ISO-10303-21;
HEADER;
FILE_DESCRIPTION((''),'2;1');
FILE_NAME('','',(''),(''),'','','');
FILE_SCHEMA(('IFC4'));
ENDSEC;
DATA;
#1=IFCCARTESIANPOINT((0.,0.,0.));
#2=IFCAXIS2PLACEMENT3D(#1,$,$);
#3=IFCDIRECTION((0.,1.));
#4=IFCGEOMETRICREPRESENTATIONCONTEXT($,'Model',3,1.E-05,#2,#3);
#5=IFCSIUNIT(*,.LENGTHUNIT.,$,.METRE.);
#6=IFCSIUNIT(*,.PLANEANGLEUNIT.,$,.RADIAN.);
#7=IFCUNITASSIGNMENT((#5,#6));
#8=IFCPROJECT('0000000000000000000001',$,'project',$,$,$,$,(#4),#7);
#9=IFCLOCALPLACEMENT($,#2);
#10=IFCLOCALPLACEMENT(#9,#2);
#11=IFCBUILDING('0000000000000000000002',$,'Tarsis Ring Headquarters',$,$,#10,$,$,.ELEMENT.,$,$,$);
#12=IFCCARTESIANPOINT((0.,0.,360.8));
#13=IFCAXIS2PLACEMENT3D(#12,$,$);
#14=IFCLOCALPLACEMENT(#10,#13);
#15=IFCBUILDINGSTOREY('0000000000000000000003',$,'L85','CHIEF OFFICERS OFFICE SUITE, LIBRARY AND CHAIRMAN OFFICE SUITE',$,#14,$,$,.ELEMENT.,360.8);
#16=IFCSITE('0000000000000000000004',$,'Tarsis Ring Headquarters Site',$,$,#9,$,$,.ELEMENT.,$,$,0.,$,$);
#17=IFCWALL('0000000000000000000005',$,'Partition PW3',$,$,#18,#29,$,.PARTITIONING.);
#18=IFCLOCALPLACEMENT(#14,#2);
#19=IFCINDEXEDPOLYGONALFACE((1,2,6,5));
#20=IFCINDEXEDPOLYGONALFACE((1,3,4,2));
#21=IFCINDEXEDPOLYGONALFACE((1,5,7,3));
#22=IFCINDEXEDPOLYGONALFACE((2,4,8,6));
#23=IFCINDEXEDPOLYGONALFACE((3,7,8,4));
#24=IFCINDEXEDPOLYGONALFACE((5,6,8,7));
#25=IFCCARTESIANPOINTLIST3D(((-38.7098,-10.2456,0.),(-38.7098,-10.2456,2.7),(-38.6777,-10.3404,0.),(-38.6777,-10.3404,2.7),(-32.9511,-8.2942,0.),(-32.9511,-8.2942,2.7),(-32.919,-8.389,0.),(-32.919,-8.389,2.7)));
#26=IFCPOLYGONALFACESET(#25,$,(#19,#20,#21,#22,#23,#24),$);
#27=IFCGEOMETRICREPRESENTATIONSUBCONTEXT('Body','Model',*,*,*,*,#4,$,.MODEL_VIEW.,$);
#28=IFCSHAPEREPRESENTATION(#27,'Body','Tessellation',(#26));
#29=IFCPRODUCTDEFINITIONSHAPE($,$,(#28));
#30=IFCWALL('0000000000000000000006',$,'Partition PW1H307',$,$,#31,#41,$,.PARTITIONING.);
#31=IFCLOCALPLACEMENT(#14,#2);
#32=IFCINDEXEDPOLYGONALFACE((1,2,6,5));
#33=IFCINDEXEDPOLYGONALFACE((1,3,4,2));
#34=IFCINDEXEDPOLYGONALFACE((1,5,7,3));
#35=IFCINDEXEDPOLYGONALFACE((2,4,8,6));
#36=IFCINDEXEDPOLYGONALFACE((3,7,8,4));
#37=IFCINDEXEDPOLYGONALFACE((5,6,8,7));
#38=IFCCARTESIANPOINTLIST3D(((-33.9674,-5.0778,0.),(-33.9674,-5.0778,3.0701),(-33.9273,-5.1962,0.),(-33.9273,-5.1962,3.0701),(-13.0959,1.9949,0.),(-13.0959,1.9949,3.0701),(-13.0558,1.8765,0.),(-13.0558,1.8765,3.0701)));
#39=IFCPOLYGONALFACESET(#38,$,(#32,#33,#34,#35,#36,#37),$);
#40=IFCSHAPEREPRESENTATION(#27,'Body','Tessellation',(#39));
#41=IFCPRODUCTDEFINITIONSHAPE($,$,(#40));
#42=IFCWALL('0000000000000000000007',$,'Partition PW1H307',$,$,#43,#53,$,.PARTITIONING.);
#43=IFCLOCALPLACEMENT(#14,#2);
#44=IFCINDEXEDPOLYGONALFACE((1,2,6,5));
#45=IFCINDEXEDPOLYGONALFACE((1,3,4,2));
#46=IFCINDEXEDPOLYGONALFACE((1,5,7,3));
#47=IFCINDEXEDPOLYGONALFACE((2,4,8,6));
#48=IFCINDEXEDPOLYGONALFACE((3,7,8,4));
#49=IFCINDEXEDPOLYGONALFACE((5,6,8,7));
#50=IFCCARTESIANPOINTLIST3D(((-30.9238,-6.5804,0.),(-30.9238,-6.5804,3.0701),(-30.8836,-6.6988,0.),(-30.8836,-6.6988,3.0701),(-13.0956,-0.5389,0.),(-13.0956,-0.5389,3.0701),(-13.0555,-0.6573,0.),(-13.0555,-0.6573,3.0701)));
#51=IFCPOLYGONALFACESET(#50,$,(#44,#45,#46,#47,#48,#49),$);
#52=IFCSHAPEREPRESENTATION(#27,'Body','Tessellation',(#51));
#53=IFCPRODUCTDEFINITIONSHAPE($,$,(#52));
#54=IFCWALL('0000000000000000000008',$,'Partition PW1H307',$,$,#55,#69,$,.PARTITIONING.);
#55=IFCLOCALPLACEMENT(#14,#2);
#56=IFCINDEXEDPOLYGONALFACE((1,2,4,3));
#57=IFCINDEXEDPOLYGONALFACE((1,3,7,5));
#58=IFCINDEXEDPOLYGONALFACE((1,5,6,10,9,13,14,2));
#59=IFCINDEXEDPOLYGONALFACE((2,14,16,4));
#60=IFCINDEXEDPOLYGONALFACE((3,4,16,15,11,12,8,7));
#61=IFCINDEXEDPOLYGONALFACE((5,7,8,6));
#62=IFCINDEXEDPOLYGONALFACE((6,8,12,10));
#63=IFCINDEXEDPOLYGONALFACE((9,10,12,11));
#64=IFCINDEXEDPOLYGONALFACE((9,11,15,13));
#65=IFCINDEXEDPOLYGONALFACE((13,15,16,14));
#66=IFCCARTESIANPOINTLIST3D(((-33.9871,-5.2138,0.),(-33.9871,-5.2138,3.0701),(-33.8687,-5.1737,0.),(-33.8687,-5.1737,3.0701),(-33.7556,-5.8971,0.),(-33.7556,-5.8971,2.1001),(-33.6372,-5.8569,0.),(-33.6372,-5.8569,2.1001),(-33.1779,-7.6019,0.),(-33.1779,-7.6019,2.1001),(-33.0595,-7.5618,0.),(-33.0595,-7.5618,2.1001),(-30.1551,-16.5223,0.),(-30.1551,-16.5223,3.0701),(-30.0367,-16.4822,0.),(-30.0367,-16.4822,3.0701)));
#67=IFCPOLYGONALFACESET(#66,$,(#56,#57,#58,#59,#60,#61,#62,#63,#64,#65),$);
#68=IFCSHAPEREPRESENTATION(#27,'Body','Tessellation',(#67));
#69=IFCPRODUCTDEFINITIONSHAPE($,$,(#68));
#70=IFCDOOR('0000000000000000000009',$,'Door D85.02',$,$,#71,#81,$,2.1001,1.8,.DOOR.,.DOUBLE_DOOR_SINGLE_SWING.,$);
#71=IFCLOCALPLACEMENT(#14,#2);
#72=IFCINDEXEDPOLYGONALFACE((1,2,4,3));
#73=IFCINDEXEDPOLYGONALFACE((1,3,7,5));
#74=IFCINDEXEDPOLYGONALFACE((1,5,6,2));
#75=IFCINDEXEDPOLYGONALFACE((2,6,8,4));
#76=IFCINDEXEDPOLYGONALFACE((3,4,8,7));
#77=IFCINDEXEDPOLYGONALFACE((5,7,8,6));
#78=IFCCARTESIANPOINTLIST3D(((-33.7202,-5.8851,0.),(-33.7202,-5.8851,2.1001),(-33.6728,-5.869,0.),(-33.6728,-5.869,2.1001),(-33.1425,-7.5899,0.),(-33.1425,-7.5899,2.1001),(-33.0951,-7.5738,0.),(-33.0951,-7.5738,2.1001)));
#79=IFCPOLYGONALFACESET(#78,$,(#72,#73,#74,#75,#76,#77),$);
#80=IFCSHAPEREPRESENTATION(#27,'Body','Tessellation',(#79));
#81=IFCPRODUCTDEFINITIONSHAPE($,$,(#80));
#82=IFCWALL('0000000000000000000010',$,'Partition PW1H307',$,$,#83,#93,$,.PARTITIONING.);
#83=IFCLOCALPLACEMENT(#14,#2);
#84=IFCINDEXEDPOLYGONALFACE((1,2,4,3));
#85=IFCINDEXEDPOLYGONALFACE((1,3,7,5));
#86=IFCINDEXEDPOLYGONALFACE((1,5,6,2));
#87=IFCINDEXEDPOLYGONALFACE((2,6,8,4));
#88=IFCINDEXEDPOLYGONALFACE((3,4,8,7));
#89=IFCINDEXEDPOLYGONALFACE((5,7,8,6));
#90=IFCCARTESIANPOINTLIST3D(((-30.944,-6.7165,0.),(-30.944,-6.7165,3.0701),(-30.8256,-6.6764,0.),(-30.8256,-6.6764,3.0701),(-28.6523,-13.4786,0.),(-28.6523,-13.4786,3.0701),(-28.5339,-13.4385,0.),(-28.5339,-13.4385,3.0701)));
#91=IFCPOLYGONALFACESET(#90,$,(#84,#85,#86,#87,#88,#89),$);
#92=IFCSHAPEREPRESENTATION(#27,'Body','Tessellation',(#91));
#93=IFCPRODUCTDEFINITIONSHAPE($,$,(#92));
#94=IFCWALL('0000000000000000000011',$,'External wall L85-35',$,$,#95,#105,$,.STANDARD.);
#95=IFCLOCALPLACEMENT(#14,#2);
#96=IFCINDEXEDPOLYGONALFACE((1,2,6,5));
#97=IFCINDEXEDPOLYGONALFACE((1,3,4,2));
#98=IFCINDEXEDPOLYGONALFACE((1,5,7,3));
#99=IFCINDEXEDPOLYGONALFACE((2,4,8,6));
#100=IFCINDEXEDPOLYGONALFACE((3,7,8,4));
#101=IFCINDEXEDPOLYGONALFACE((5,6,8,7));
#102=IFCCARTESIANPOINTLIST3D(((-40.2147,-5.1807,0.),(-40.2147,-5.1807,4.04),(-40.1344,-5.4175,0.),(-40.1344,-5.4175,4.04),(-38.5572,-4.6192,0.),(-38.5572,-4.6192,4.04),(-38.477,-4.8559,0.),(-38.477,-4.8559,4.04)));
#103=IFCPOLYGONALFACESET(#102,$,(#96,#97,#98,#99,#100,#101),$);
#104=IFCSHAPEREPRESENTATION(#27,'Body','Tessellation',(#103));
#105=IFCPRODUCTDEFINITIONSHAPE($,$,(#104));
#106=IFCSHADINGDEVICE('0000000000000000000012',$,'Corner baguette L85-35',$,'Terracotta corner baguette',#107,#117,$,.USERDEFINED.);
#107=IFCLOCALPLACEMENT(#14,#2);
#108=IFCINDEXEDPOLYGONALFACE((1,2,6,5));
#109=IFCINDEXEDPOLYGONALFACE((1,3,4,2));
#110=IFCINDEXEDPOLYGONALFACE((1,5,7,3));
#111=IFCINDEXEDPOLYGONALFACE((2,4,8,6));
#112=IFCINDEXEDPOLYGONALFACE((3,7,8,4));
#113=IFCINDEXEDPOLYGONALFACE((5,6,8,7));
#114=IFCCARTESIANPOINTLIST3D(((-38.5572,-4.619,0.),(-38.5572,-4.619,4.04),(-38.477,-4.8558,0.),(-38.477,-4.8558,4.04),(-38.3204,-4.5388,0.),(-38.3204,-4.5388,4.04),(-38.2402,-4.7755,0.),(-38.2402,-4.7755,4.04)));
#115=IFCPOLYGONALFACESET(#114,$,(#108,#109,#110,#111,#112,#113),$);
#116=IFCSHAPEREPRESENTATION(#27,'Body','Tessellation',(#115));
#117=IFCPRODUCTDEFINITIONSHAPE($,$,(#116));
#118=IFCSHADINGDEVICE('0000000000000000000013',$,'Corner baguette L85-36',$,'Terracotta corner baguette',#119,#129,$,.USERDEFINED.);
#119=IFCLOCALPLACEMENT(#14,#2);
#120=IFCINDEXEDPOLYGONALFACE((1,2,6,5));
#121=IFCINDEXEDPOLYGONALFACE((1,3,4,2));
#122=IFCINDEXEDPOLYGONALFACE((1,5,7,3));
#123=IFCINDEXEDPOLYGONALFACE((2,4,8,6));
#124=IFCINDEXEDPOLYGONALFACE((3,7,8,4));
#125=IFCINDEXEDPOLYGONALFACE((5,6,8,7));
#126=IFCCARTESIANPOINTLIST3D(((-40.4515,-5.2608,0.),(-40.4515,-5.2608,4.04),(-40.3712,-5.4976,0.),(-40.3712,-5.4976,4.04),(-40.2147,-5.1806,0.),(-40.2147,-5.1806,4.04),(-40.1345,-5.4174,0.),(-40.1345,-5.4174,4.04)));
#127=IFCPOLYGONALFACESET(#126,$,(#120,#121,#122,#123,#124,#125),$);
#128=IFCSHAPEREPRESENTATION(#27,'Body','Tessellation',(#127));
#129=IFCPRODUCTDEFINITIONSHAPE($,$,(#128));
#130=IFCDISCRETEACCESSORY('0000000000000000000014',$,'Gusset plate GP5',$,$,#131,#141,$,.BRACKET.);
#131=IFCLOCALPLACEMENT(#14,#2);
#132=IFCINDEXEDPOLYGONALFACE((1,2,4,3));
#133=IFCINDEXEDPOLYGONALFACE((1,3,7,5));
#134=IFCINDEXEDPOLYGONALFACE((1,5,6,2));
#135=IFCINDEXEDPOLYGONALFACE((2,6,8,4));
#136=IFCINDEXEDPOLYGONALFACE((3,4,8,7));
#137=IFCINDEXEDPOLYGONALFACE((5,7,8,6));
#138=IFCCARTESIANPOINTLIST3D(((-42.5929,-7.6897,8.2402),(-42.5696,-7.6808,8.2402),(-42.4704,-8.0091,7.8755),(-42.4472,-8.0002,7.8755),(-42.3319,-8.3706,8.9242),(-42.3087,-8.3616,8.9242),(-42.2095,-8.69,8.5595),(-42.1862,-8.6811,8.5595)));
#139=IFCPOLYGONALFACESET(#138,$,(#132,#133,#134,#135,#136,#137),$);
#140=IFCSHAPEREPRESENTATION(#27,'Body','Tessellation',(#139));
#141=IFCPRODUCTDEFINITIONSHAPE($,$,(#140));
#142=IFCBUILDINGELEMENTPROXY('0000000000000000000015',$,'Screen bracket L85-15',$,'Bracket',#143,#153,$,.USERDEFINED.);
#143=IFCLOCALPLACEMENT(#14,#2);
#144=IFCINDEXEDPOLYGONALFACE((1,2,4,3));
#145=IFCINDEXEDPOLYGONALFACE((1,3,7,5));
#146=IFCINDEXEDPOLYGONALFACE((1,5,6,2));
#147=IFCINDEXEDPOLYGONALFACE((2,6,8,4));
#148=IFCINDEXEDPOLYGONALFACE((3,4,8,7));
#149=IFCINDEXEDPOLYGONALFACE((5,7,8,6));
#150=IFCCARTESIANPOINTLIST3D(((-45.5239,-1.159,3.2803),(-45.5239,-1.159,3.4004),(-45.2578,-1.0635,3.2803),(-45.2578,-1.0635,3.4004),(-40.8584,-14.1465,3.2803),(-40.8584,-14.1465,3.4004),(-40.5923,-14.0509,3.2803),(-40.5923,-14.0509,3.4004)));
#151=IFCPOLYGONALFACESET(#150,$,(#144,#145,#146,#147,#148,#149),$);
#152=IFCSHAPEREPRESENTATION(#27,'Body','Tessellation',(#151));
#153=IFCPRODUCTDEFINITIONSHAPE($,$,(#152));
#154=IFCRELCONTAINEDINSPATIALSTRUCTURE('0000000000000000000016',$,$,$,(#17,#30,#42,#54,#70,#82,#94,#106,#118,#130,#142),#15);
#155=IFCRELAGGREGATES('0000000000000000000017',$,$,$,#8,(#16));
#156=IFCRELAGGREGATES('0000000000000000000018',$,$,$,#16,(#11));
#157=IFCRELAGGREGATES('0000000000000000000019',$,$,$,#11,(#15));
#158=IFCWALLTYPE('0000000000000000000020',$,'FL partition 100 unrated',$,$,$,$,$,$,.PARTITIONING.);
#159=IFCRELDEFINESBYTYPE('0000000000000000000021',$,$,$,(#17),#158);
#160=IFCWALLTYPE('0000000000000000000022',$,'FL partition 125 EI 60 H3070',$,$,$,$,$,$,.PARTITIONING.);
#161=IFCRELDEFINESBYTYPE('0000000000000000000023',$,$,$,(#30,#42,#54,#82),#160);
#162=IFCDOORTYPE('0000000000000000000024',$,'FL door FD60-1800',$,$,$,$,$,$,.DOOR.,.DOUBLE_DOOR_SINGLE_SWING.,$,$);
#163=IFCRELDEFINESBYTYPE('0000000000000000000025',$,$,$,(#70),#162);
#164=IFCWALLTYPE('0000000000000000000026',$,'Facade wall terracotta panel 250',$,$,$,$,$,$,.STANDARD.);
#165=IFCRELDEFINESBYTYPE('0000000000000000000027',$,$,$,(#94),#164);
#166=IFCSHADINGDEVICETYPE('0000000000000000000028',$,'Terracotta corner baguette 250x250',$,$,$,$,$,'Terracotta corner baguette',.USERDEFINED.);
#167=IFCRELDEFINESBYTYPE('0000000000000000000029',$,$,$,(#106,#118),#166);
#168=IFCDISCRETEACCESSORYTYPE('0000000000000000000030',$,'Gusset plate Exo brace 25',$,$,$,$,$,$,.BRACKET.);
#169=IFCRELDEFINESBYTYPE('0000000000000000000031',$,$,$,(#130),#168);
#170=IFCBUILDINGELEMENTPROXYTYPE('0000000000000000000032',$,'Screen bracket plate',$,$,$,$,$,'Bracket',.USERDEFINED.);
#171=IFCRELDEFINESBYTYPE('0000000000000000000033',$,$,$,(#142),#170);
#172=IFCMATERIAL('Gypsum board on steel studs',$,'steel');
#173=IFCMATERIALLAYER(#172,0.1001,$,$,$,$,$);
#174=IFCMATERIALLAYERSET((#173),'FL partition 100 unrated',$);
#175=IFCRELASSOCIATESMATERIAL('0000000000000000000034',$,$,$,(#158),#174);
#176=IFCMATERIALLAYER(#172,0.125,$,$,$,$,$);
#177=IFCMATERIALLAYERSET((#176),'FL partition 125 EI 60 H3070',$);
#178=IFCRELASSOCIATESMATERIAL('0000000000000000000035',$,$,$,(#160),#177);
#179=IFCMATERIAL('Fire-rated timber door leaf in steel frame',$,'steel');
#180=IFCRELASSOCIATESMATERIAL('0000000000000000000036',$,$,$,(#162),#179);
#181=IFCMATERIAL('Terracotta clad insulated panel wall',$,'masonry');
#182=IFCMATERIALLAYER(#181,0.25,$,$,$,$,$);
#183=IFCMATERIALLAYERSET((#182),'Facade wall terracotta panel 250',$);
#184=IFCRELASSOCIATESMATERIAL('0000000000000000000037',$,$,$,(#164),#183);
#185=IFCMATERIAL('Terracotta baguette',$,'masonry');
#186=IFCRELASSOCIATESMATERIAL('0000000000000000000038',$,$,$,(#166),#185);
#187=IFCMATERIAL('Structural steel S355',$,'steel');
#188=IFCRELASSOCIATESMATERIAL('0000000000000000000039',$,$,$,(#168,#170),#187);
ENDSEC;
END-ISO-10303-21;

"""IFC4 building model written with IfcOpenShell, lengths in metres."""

from ifc_helpers import new_model, si_unit, direction, frame, frame_2d, origin, origin_2d, place, context, subcontext, project, spatial, rectangle, extrude, material, layer, layer_set, material_profile, profile_set, type_object, element, fill, save


model = new_model("IFC4")

# Units and contexts
model_context = context("Model", 3, precision=1e-05, world=origin(), true_north=direction((0.0, 1.0)))
body_context = subcontext(model_context, "Body", "Model", "MODEL_VIEW")
ifc_project = project(units=[si_unit("LENGTHUNIT", "METRE"), si_unit("PLANEANGLEUNIT", "RADIAN")], contexts=[model_context])

# Site, building, storey
site_placement = place(None, origin())
site = spatial("IfcSite", under=ifc_project, at=site_placement, Name="Tarsis Ring Headquarters Site", CompositionType="ELEMENT", RefElevation=0.0)
building_placement = place(site_placement, origin())
building = spatial("IfcBuilding", under=site, at=building_placement, Name="Tarsis Ring Headquarters", CompositionType="ELEMENT")
storey_placement = place(building_placement, frame((0.0, 0.0, 360.8)))
storey = spatial("IfcBuildingStorey", under=building, at=storey_placement, Name="L85", Description="CHIEF OFFICERS OFFICE SUITE, LIBRARY AND CHAIRMAN OFFICE SUITE", CompositionType="ELEMENT", Elevation=360.8)

# Walls
ifc_material_1 = material(Name="Gypsum board on steel studs", Category="steel")
ifc_layer_1 = layer(ifc_material_1, 0.1001)
ifc_layer_set_1 = layer_set([ifc_layer_1], Name="FL partition 100 unrated")
wall_type_1 = type_object("IfcWallType", Name="FL partition 100 unrated", PredefinedType="PARTITIONING", material=ifc_layer_set_1)
wall_1_placement = place(storey_placement, frame((-38.6936, -10.293, 0.0), z_axis=(0.0, 0.0, 1.0), x_axis=(0.947098, 0.320946, 0.0)))
element("IfcWall", 1, at=wall_1_placement, inside=storey, type_object=wall_type_1, Name="Partition PW3", PredefinedType="PARTITIONING", context=body_context, shape_type="SweptSolid", body=[
    extrude(rectangle(XDim=6.0803, YDim=0.1001, at=frame_2d((3.04, 0.0))), origin(), (0.0, 0.0, 1.0), 2.7),
])
ifc_layer_2 = layer(ifc_material_1, 0.125)
ifc_layer_set_2 = layer_set([ifc_layer_2], Name="FL partition 125 EI 60 H3070")
wall_type_2 = type_object("IfcWallType", Name="FL partition 125 EI 60 H3070", PredefinedType="PARTITIONING", material=ifc_layer_set_2)
wall_2_placement = place(storey_placement, frame((-33.9473, -5.137, 0.0), z_axis=(0.0, 0.0, 1.0), x_axis=(0.947098, 0.320943, 0.0)))
element("IfcWall", 2, at=wall_2_placement, inside=storey, type_object=wall_type_2, Name="Partition PW1H307", PredefinedType="PARTITIONING", context=body_context, shape_type="SweptSolid", body=[
    extrude(rectangle(XDim=22.0374, YDim=0.125, at=frame_2d((11.0186, 0.0))), origin(), (0.0, 0.0, 1.0), 3.0701),
])
wall_3_placement = place(storey_placement, frame((-30.9038, -6.6396, 0.0), z_axis=(0.0, 0.0, 1.0), x_axis=(0.947097, 0.320947, 0.0)))
element("IfcWall", 3, at=wall_3_placement, inside=storey, type_object=wall_type_2, Name="Partition PW1H307", PredefinedType="PARTITIONING", context=body_context, shape_type="SweptSolid", body=[
    extrude(rectangle(XDim=18.824, YDim=0.125, at=frame_2d((9.4121, 0.0))), origin(), (0.0, 0.0, 1.0), 3.0701),
])

# Wall, opening, door
wall_4_placement = place(storey_placement, frame((-33.928, -5.1936, 0.0), z_axis=(0.0, 0.0, 1.0), x_axis=(0.320935, -0.947101, 0.0)))
wall_4 = element("IfcWall", 4, at=wall_4_placement, inside=storey, type_object=wall_type_2, Name="Partition PW1H307", PredefinedType="PARTITIONING", context=body_context, shape_type="SweptSolid", body=[
    extrude(rectangle(XDim=11.9402, YDim=0.125, at=frame_2d((5.9702, 0.0))), origin(), (0.0, 0.0, 1.0), 3.0701),
])
opening_placement = place(wall_4_placement, frame((0.7217, 0.0, 0.0)))
opening = element("IfcOpeningElement", 5, at=opening_placement, cuts=wall_4, PredefinedType="OPENING", context=body_context, shape_type="SweptSolid", body=[
    extrude(rectangle(XDim=1.8, YDim=2.1001, at=frame_2d((0.8999, 1.05))), frame((0.0, 0.0725, 0.0), z_axis=(0.0, -1.0, 0.0), x_axis=(1.0, 0.0, 0.0)), (0.0, 0.0, 1.0), 0.145),
])
ifc_material_2 = material(Name="Fire-rated timber door leaf in steel frame", Category="steel")
door_type = type_object("IfcDoorType", Name="FL door FD60-1800", OperationType="DOUBLE_DOOR_SINGLE_SWING", PredefinedType="DOOR", material=ifc_material_2)
door_placement = place(opening_placement, origin())
door = element("IfcDoor", 6, at=door_placement, inside=storey, type_object=door_type, Name="Door D85.02", OperationType="DOUBLE_DOOR_SINGLE_SWING", OverallHeight=2.1001, OverallWidth=1.8, PredefinedType="DOOR", context=body_context, shape_type="SweptSolid", body=[
    extrude(rectangle(XDim=1.8, YDim=2.1001, at=frame_2d((0.8999, 1.05))), frame((0.0, 0.0249, 0.0), z_axis=(0.0, -1.0, 0.0), x_axis=(1.0, 0.0, 0.0)), (0.0, 0.0, 1.0), 0.05),
])
fill(opening, door)

# Walls
wall_5_placement = place(storey_placement, frame((-30.8848, -6.6965, 0.0), z_axis=(0.0, 0.0, 1.0), x_axis=(0.320973, -0.947088, 0.0)))
element("IfcWall", 7, at=wall_5_placement, inside=storey, type_object=wall_type_2, Name="Partition PW1H307", PredefinedType="PARTITIONING", context=body_context, shape_type="SweptSolid", body=[
    extrude(rectangle(XDim=7.1399, YDim=0.125, at=frame_2d((3.5698, 0.0))), origin(), (0.0, 0.0, 1.0), 3.0701),
])
ifc_material_3 = material(Name="Terracotta clad insulated panel wall", Category="masonry")
ifc_layer_3 = layer(ifc_material_3, 0.25)
ifc_layer_set_3 = layer_set([ifc_layer_3], Name="Facade wall terracotta panel 250")
wall_type_3 = type_object("IfcWallType", Name="Facade wall terracotta panel 250", PredefinedType="STANDARD", material=ifc_layer_set_3)
wall_6_placement = place(storey_placement, frame((-38.5171, -4.7375, 0.0), z_axis=(0.0, 0.0, 1.0), x_axis=(-0.947123, -0.32087, 0.0)))
element("IfcWall", 8, at=wall_6_placement, inside=storey, type_object=wall_type_3, Name="External wall L85-35", PredefinedType="STANDARD", context=body_context, shape_type="SweptSolid", body=[
    extrude(rectangle(XDim=1.75, YDim=0.25, at=frame_2d((0.875, 0.0))), origin(), (0.0, 0.0, 1.0), 4.04),
])

# Shading devices
ifc_material_4 = material(Name="Terracotta baguette", Category="masonry")
shading_device_type = type_object("IfcShadingDeviceType", Name="Terracotta corner baguette 250x250", ElementType="Terracotta corner baguette", PredefinedType="USERDEFINED", material=ifc_material_4)
for number, where, z_axis, x_axis, name in (
    (9, (-38.3987, -4.6973, 0.0), (0.0, 0.0, 1.0), (0.320944, -0.947098, 0.0), "Corner baguette L85-35"),
    (10, (-40.293, -5.3391, 0.0), (0.0, 0.0, 1.0), (-0.947098, -0.320943, 0.0), "Corner baguette L85-36"),
):
    element("IfcShadingDevice", number, at=place(storey_placement, frame(where, z_axis=z_axis, x_axis=x_axis)), inside=storey, type_object=shading_device_type, Name=name, ObjectType="Terracotta corner baguette", PredefinedType="USERDEFINED", context=body_context, shape_type="SweptSolid", body=[
        extrude(rectangle(XDim=0.25, YDim=0.25, at=origin_2d()), origin(), (0.0, 0.0, 1.0), 4.04),
    ])

# Discrete accessory
ifc_material_5 = material(Name="Structural steel S355", Category="steel")
ifc_material_profile_1 = material_profile(ifc_material_5, rectangle(XDim=0.0249, YDim=0.5, at=origin_2d()), Name="PL 25x500")
ifc_profile_set_1 = profile_set([ifc_material_profile_1], Name="Structural steel S355")
discrete_accessory_type = type_object("IfcDiscreteAccessoryType", Name="Gusset plate Exo brace 25", PredefinedType="BRACKET", material=ifc_profile_set_1)
discrete_accessory_placement = place(storey_placement, frame((-42.52, -7.845, 8.0579), z_axis=(0.261023, -0.681004, 0.684178), x_axis=(0.933759, 0.357902, 0.0)))
element("IfcDiscreteAccessory", 11, at=discrete_accessory_placement, inside=storey, type_object=discrete_accessory_type, Name="Gusset plate GP5", PredefinedType="BRACKET", context=body_context, shape_type="SweptSolid", body=[
    extrude(rectangle(XDim=0.0249, YDim=0.5, at=origin_2d()), origin(), (0.0, 0.0, 1.0), 0.9998),
])

# Building element proxy
building_element_proxy_type = type_object("IfcBuildingElementProxyType", Name="Screen bracket plate", ElementType="Bracket", PredefinedType="USERDEFINED", material=ifc_material_5)
proxy_placement = place(storey_placement, frame((-43.0581, -7.605, 3.2803), z_axis=(0.0, 0.0, 1.0), x_axis=(0.338081, -0.941117, 0.0)))
element("IfcBuildingElementProxy", 12, at=proxy_placement, inside=storey, type_object=building_element_proxy_type, Name="Screen bracket L85-15", ObjectType="Bracket", PredefinedType="USERDEFINED", context=body_context, shape_type="SweptSolid", body=[
    extrude(rectangle(XDim=13.8, YDim=0.2827, at=origin_2d()), origin(), (0.0, 0.0, 1.0), 0.1201),
])

save(model, "model.ifc")
